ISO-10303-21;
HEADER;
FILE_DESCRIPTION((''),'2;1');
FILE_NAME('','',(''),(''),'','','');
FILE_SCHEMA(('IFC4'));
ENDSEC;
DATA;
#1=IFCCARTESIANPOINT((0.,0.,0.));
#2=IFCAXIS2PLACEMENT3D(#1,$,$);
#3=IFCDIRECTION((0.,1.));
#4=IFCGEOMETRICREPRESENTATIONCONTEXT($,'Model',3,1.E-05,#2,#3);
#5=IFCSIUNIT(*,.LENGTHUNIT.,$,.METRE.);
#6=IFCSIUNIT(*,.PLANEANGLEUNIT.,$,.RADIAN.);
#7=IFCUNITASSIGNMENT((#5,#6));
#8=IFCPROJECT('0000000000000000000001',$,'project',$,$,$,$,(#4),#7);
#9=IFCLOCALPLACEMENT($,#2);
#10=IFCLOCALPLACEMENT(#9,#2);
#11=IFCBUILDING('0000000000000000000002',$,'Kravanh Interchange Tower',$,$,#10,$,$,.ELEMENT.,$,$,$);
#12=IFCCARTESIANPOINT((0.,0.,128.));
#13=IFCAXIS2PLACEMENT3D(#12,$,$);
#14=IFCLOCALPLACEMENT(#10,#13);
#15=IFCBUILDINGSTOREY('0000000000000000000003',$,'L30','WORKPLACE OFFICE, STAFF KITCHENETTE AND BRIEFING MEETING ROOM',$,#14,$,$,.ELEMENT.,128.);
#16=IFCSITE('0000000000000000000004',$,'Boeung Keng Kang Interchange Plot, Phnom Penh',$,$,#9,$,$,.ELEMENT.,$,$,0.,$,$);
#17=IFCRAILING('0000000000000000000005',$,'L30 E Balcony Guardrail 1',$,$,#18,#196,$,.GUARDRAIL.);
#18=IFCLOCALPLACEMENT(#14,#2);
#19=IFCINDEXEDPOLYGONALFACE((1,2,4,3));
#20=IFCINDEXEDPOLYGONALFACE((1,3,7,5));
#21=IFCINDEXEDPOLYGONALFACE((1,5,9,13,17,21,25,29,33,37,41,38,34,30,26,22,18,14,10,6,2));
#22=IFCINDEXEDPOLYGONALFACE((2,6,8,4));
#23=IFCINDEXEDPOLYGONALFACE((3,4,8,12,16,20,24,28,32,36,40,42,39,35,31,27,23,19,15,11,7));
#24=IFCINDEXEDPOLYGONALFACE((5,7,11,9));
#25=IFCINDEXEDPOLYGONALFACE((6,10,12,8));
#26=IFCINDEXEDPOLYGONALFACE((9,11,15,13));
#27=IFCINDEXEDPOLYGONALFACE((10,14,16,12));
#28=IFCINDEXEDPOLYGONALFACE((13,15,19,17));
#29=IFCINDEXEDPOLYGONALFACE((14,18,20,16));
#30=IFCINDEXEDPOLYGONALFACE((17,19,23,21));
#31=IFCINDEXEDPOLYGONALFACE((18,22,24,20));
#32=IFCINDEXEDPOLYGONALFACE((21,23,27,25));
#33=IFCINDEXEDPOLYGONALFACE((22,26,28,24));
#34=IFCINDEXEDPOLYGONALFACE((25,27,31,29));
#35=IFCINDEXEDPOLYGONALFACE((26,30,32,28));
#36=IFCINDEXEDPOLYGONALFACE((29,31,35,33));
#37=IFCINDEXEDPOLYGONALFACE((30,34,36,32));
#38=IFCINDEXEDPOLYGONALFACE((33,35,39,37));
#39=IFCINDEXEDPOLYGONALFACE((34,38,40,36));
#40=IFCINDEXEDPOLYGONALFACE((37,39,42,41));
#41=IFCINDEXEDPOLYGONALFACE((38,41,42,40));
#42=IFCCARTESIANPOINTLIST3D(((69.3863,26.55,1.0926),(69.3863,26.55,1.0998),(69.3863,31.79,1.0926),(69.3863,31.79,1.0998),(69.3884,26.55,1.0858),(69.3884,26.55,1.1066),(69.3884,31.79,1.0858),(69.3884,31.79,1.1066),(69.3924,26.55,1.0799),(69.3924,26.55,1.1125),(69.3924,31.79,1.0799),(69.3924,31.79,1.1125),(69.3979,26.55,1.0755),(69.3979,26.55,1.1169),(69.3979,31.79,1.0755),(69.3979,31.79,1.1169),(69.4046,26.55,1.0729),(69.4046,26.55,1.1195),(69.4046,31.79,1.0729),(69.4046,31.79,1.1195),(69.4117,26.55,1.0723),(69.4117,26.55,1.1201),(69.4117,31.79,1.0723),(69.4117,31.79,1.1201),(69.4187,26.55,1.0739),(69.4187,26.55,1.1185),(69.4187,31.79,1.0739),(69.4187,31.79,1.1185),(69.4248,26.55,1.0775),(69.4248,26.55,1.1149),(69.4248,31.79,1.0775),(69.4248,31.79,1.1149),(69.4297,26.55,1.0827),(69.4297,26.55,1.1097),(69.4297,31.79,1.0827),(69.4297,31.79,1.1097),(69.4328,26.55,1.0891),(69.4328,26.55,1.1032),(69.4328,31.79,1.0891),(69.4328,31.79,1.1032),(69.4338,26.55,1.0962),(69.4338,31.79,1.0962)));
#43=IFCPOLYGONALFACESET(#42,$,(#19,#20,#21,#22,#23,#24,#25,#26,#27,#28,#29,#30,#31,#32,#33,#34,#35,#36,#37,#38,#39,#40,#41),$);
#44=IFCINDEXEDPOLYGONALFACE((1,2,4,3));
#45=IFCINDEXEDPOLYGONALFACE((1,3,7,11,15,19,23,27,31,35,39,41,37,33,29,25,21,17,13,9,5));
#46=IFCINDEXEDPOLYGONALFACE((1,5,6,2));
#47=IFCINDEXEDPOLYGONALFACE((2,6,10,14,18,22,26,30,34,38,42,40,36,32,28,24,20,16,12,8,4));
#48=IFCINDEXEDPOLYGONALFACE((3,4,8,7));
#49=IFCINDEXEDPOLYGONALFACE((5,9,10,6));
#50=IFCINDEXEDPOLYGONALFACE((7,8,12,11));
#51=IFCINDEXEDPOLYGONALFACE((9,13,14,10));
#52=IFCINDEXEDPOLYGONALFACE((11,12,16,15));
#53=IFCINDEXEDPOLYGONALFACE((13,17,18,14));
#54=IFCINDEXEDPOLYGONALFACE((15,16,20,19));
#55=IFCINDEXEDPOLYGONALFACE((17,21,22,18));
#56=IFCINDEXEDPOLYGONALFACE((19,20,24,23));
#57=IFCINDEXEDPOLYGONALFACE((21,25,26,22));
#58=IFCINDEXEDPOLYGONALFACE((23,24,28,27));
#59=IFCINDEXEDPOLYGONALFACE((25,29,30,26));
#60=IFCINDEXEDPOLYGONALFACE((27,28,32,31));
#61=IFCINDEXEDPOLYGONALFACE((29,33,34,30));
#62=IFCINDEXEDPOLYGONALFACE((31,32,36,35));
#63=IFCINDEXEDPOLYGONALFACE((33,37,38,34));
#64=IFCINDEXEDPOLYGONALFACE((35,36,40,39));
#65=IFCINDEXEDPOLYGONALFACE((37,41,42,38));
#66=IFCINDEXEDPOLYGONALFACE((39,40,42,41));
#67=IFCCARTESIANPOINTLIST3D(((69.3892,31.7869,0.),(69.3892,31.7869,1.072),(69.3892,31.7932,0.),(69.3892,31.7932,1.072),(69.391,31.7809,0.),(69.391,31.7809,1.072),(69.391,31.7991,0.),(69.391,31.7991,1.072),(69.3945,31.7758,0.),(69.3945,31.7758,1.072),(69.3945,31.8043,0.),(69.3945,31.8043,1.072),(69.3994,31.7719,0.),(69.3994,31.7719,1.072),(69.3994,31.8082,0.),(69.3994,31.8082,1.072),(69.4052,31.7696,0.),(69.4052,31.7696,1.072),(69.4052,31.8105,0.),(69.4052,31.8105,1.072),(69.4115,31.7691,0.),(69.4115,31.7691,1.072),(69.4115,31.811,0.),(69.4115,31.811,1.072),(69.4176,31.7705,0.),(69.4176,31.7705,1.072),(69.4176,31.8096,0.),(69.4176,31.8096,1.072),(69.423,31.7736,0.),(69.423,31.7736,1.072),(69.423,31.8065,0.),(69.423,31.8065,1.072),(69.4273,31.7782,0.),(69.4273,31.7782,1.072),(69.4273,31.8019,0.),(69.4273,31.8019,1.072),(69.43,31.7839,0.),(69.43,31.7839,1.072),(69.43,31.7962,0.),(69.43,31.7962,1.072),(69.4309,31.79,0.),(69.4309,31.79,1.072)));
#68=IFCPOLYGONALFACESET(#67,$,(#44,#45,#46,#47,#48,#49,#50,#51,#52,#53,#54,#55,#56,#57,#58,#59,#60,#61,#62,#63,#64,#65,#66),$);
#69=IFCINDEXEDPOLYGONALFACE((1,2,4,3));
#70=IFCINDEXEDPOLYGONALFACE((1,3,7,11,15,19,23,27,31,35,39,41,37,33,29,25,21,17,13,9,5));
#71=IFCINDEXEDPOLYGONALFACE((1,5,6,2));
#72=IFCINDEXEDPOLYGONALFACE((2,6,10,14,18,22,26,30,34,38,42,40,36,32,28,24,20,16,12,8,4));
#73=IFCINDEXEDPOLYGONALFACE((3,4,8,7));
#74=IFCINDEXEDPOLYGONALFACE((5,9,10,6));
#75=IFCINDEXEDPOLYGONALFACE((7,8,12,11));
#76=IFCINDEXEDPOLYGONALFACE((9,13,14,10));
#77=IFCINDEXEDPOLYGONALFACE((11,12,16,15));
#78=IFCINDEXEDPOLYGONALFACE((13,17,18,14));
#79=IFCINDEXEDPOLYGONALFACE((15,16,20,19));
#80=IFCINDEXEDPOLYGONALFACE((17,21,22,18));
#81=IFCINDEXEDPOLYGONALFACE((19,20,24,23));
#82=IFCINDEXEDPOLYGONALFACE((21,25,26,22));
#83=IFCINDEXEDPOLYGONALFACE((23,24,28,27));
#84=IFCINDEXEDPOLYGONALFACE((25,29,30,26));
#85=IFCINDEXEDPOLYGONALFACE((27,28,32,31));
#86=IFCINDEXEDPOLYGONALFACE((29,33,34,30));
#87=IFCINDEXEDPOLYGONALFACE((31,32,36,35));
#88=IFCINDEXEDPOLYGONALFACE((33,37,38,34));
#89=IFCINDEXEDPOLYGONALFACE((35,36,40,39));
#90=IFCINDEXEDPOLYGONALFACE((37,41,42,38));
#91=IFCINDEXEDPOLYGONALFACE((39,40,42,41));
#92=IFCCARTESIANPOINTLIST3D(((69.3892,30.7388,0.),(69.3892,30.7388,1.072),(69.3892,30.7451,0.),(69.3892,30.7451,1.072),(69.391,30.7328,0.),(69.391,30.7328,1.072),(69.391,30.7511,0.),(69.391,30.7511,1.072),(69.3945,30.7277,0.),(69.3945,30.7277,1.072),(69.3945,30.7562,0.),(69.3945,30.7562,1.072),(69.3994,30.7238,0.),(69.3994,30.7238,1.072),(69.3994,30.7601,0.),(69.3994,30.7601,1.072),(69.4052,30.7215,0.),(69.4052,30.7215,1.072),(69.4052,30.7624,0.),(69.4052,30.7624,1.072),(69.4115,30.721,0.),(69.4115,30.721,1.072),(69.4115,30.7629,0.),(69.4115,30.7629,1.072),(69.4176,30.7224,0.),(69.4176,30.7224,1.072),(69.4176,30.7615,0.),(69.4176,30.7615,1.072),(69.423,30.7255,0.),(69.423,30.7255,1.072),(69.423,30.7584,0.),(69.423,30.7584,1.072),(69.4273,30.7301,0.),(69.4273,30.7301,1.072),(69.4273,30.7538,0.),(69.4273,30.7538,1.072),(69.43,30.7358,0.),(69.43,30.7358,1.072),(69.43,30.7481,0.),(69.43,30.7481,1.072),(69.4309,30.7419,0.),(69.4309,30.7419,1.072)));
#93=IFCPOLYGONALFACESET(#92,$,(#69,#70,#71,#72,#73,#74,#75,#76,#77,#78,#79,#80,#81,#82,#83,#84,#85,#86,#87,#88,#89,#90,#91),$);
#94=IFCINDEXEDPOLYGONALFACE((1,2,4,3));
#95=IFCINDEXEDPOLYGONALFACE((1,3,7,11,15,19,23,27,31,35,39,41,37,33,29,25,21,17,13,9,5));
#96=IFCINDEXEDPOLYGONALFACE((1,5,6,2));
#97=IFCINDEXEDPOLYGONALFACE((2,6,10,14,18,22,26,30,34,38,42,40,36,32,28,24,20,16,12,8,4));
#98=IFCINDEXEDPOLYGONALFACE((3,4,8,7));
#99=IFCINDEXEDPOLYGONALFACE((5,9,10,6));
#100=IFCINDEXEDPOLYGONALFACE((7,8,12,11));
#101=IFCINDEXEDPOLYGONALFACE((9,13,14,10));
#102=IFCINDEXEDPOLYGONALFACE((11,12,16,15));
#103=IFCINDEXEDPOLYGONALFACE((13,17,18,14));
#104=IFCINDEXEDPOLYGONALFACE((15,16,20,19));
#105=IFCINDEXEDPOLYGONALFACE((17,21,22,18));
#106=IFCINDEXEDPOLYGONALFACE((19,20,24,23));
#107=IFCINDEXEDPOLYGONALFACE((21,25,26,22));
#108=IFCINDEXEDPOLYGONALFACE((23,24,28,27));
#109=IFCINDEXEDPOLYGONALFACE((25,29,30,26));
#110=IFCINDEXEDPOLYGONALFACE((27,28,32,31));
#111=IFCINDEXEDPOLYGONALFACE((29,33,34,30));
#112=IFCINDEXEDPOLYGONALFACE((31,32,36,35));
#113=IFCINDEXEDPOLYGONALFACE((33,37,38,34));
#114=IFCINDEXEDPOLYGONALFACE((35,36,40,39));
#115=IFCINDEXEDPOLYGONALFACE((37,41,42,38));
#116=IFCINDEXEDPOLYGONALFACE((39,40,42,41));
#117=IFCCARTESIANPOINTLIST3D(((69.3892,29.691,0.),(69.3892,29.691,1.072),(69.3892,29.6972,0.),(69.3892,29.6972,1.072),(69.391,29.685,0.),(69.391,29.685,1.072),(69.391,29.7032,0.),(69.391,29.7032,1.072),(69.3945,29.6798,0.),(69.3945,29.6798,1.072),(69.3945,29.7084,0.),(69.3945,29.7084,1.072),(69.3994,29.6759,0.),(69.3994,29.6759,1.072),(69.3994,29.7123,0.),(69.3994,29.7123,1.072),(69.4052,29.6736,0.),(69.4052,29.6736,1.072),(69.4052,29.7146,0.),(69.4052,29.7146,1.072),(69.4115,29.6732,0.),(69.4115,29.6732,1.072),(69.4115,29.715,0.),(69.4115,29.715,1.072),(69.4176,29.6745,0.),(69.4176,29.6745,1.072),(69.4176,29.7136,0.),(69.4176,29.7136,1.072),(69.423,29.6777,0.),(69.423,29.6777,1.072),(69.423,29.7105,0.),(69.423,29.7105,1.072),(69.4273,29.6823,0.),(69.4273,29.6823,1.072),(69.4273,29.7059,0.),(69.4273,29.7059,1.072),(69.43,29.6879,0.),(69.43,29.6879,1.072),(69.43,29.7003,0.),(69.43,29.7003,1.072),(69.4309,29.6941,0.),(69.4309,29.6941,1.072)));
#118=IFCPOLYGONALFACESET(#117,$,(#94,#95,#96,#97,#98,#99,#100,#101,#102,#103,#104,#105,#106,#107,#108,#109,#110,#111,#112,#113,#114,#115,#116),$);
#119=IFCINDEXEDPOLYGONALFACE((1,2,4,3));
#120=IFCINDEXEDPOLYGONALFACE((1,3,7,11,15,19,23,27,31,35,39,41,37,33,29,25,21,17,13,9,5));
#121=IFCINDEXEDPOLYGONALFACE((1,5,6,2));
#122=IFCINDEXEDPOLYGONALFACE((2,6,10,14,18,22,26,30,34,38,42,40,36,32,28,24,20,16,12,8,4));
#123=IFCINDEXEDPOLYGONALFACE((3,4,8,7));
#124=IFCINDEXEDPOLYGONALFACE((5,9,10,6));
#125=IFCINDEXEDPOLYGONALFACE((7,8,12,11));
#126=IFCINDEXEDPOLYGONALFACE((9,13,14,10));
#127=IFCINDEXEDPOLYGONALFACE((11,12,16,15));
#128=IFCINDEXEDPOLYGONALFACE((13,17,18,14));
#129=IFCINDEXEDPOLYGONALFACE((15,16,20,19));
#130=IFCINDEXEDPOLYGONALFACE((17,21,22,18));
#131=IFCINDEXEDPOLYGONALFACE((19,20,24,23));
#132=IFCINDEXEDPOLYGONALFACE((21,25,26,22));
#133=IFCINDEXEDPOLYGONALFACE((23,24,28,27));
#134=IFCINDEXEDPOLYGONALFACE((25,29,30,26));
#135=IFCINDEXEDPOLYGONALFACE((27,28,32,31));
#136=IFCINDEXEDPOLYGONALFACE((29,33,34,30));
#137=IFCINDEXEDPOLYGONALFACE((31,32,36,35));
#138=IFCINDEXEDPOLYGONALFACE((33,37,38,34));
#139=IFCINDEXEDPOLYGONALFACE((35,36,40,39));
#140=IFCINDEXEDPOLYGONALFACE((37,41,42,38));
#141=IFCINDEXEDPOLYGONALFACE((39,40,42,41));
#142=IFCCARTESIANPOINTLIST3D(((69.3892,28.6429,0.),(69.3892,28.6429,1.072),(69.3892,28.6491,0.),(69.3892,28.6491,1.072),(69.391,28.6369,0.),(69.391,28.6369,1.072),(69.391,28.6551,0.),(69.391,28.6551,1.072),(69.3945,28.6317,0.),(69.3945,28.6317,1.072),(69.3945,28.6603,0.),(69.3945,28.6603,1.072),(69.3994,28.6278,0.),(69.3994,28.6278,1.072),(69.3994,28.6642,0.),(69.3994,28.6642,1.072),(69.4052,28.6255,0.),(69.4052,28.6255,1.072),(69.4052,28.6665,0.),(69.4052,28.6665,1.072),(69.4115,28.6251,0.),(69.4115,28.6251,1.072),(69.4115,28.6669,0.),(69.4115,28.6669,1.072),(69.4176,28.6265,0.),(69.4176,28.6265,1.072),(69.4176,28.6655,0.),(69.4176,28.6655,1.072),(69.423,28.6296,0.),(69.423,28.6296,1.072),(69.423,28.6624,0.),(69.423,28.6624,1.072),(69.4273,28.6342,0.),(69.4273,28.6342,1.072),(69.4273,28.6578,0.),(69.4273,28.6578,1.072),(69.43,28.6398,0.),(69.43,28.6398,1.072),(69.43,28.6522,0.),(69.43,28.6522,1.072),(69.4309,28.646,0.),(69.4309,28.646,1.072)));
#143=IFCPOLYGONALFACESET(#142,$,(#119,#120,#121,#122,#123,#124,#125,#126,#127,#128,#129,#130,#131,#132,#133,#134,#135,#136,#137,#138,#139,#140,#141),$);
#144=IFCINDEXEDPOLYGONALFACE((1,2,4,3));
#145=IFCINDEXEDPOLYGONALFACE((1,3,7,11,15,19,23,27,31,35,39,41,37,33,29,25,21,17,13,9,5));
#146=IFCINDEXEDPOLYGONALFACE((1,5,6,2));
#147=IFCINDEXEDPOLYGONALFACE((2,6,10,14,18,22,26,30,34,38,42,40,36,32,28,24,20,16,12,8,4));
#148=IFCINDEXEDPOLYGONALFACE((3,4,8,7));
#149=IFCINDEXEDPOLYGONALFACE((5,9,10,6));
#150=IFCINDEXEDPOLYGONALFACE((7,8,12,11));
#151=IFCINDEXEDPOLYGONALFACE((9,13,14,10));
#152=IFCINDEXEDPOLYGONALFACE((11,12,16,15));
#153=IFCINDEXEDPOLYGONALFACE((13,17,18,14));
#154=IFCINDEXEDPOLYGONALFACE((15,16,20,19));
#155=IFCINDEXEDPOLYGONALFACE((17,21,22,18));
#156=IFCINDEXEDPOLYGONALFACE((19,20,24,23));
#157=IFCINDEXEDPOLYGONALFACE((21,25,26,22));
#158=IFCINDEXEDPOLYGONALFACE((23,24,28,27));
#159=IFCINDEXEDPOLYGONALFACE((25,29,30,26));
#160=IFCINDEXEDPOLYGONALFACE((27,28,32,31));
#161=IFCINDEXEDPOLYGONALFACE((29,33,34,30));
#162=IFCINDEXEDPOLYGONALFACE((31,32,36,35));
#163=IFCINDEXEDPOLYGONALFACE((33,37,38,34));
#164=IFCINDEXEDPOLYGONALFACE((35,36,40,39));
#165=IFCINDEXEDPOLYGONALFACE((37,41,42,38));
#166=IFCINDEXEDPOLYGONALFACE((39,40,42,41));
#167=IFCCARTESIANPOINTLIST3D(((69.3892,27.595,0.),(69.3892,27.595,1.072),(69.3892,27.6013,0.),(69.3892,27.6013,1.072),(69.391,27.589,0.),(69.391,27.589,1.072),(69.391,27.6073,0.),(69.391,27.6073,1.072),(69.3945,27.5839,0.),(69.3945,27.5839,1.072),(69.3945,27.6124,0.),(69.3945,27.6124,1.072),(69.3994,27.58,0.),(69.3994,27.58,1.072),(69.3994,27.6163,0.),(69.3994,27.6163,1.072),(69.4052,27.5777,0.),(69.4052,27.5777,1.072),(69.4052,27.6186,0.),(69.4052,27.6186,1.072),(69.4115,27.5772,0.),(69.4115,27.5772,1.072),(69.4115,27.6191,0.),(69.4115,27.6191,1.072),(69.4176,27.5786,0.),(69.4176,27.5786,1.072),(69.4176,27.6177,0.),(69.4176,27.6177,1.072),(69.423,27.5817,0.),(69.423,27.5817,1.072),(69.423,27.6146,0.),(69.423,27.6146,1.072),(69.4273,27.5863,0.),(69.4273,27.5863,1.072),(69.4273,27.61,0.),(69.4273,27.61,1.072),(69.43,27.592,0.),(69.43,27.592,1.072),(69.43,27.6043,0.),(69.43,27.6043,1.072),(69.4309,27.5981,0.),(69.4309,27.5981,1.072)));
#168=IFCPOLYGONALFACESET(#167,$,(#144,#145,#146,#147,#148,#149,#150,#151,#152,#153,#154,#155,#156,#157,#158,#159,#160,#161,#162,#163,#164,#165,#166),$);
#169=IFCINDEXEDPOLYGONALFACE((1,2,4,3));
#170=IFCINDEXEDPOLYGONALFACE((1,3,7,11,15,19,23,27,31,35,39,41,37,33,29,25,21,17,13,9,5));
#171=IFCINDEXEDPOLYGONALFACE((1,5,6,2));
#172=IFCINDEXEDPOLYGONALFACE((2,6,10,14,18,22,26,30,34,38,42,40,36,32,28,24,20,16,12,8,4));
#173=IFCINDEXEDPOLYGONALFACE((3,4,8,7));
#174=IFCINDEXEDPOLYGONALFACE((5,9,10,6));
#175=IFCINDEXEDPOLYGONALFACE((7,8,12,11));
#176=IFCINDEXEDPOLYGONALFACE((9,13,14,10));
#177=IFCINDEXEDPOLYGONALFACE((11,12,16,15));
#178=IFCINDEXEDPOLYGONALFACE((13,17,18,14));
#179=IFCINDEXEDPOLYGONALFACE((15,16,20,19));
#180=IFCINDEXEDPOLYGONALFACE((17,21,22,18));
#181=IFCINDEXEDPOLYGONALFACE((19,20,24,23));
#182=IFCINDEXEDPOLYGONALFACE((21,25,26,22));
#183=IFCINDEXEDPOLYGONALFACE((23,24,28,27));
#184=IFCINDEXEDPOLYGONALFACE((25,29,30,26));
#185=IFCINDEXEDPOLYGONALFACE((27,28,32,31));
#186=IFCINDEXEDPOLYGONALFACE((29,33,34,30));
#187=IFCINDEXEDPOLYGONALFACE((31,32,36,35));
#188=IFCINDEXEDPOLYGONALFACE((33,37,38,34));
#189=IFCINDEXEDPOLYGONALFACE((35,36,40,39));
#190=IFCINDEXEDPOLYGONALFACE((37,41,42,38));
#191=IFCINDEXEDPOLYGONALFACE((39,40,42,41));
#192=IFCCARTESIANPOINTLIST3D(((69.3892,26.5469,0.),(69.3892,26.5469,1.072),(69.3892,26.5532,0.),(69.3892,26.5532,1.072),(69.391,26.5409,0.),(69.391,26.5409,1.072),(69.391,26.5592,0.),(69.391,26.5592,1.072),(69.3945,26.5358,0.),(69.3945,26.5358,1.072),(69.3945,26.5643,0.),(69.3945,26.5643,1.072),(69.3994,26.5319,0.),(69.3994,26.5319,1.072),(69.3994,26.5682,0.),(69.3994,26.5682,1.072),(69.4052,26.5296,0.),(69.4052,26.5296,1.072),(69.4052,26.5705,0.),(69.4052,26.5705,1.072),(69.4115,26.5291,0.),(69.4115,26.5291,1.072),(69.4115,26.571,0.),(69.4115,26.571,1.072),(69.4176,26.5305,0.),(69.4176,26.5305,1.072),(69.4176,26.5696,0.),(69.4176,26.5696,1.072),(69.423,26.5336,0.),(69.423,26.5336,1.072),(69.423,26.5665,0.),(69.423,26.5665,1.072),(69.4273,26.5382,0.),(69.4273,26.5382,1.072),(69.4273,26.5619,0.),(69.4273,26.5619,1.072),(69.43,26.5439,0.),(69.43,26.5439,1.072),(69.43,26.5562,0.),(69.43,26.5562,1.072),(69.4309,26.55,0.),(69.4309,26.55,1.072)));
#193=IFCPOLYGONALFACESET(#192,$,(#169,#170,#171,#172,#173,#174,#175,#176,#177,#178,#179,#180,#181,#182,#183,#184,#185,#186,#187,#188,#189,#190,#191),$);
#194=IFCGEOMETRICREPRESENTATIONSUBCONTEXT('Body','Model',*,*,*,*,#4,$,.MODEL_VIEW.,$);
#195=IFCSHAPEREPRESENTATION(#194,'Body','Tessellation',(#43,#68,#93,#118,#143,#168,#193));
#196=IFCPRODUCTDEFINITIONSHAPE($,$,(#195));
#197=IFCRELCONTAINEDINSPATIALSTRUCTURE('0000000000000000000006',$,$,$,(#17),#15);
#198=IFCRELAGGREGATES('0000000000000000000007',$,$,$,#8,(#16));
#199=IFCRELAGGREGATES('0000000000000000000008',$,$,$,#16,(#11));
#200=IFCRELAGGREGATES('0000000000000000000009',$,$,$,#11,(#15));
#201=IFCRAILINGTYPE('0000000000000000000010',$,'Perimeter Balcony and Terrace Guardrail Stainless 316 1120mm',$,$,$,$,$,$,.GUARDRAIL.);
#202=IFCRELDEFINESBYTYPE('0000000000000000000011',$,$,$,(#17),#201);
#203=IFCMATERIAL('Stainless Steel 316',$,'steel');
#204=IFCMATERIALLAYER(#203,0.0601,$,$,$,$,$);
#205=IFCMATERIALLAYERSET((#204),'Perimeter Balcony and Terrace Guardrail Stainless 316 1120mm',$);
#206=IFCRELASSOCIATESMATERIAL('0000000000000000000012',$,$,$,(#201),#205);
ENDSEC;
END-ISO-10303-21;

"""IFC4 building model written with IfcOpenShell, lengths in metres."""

from ifc_helpers import new_model, si_unit, direction, frame, origin, origin_2d, place, context, subcontext, project, spatial, circle, extrude, material, layer, layer_set, type_object, element, save


model = new_model("IFC4")

# Units and contexts
model_context = context("Model", 3, precision=1e-05, world=origin(), true_north=direction((0.0, 1.0)))
body_context = subcontext(model_context, "Body", "Model", "MODEL_VIEW")
ifc_project = project(units=[si_unit("LENGTHUNIT", "METRE"), si_unit("PLANEANGLEUNIT", "RADIAN")], contexts=[model_context])

# Site, building, storey
site_placement = place(None, origin())
site = spatial("IfcSite", under=ifc_project, at=site_placement, Name="Boeung Keng Kang Interchange Plot, Phnom Penh", CompositionType="ELEMENT", RefElevation=0.0)
building_placement = place(site_placement, origin())
building = spatial("IfcBuilding", under=site, at=building_placement, Name="Kravanh Interchange Tower", CompositionType="ELEMENT")
storey_placement = place(building_placement, frame((0.0, 0.0, 128.0)))
storey = spatial("IfcBuildingStorey", under=building, at=storey_placement, Name="L30", Description="WORKPLACE OFFICE, STAFF KITCHENETTE AND BRIEFING MEETING ROOM", CompositionType="ELEMENT", Elevation=128.0)

# Railing
ifc_material_1 = material(Name="Stainless Steel 316", Category="steel")
ifc_layer_1 = layer(ifc_material_1, 0.0601)
ifc_layer_set_1 = layer_set([ifc_layer_1], Name="Perimeter Balcony and Terrace Guardrail Stainless 316 1120mm")
railing_type_1 = type_object("IfcRailingType", Name="Perimeter Balcony and Terrace Guardrail Stainless 316 1120mm", PredefinedType="GUARDRAIL", material=ifc_layer_set_1)
railing_1_placement = place(storey_placement, frame((69.4099, 31.79, 0.0)))
element("IfcRailing", 1, at=railing_1_placement, inside=storey, type_object=railing_type_1, Name="L30 E Balcony Guardrail 1", PredefinedType="GUARDRAIL", context=body_context, shape_type="SweptSolid", body=[
    extrude(circle(Radius=0.0239, at=origin_2d()), frame((0.0, 0.0, 1.0962), z_axis=(0.0, -1.0, 0.0), x_axis=(1.0, 0.0, 0.0)), (0.0, 0.0, 1.0), 5.24),
    extrude(circle(Radius=0.021, at=origin_2d()), origin(), (0.0, 0.0, 1.0), 1.072),
    extrude(circle(Radius=0.021, at=origin_2d()), frame((0.0, -1.0481, 0.0)), (0.0, 0.0, 1.0), 1.072),
    extrude(circle(Radius=0.021, at=origin_2d()), frame((0.0, -2.0959, 0.0)), (0.0, 0.0, 1.0), 1.072),
    extrude(circle(Radius=0.021, at=origin_2d()), frame((0.0, -3.144, 0.0)), (0.0, 0.0, 1.0), 1.072),
    extrude(circle(Radius=0.021, at=origin_2d()), frame((0.0, -4.1919, 0.0)), (0.0, 0.0, 1.0), 1.072),
    extrude(circle(Radius=0.021, at=origin_2d()), frame((0.0, -5.24, 0.0)), (0.0, 0.0, 1.0), 1.072),
])

save(model, "model.ifc")
